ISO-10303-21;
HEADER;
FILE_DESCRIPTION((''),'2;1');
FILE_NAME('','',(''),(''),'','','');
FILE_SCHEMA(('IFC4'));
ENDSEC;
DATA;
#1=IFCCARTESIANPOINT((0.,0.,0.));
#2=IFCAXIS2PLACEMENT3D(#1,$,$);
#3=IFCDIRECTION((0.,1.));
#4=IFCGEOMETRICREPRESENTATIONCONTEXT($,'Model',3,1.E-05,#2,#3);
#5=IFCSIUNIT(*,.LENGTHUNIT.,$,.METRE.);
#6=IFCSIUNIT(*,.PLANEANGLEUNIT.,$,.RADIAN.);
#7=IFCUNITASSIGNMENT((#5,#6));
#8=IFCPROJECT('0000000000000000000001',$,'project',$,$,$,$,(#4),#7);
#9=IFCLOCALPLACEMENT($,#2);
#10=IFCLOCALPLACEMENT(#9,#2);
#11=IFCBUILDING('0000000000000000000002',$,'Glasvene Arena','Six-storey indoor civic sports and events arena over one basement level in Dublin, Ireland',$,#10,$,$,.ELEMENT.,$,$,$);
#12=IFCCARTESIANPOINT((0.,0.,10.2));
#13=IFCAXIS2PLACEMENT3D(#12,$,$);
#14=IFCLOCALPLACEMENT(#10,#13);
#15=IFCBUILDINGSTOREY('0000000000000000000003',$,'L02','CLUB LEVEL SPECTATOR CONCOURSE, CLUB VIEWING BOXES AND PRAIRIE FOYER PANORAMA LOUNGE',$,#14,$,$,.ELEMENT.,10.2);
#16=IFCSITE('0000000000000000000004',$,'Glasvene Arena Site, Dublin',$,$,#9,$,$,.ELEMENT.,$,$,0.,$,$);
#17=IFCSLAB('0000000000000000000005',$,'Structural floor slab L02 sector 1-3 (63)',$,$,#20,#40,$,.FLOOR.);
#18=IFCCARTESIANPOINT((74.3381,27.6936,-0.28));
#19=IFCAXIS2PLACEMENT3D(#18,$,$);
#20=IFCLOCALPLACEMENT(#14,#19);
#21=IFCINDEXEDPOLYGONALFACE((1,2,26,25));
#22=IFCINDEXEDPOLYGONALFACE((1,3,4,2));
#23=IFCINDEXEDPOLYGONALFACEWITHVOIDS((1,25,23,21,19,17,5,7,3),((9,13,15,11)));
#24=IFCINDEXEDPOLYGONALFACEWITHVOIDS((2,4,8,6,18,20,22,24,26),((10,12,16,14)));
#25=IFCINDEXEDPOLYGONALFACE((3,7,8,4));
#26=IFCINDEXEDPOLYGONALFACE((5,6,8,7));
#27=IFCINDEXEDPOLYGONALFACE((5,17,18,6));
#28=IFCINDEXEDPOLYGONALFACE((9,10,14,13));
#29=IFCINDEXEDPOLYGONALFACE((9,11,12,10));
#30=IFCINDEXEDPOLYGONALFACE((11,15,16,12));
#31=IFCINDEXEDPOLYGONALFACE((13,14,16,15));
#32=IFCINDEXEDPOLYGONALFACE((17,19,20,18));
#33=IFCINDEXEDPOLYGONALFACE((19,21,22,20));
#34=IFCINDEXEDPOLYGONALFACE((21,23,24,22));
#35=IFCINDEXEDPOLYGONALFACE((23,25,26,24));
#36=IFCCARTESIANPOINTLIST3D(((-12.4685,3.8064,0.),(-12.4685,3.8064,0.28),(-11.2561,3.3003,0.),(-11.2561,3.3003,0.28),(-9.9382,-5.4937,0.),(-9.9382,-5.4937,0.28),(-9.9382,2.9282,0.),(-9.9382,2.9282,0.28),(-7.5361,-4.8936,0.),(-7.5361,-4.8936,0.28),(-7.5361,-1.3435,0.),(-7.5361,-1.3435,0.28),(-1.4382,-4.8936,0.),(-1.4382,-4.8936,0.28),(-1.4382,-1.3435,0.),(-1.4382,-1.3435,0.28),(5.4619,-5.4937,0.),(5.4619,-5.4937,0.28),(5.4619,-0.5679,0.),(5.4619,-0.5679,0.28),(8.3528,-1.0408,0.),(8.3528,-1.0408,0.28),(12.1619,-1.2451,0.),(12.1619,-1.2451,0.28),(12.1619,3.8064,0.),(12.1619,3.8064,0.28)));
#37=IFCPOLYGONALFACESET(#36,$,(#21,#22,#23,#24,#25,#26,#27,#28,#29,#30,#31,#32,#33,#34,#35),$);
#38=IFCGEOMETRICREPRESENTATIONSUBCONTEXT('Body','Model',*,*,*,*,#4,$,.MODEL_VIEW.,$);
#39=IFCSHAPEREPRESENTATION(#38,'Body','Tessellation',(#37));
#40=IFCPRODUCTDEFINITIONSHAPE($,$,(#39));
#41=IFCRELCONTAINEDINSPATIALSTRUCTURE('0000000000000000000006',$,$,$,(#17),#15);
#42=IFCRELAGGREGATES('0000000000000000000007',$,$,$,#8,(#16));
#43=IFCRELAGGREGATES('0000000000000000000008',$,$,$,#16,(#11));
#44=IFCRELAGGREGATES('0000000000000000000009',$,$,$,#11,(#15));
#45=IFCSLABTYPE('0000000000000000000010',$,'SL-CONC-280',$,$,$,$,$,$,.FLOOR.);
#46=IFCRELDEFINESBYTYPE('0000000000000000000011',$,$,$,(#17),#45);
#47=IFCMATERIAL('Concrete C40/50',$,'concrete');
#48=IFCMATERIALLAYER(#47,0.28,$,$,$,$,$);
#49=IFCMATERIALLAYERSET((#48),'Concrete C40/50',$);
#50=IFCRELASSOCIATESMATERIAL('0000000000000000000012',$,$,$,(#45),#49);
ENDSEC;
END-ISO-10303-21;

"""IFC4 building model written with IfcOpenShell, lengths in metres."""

from ifc_helpers import new_model, si_unit, direction, frame, origin, place, context, subcontext, project, spatial, polyline, outline, extrude, material, layer, layer_set, type_object, element, save


model = new_model("IFC4")

# Units and contexts
model_context = context("Model", 3, precision=1e-05, world=origin(), true_north=direction((0.0, 1.0)))
body_context = subcontext(model_context, "Body", "Model", "MODEL_VIEW")
ifc_project = project(units=[si_unit("LENGTHUNIT", "METRE"), si_unit("PLANEANGLEUNIT", "RADIAN")], contexts=[model_context])

# Site, building, storey
site_placement = place(None, origin())
site = spatial("IfcSite", under=ifc_project, at=site_placement, Name="Glasvene Arena Site, Dublin", CompositionType="ELEMENT", RefElevation=0.0)
building_placement = place(site_placement, origin())
building = spatial("IfcBuilding", under=site, at=building_placement, Name="Glasvene Arena", Description="Six-storey indoor civic sports and events arena over one basement level in Dublin, Ireland", CompositionType="ELEMENT")
storey_placement = place(building_placement, frame((0.0, 0.0, 10.2)))
storey = spatial("IfcBuildingStorey", under=building, at=storey_placement, Name="L02", Description="CLUB LEVEL SPECTATOR CONCOURSE, CLUB VIEWING BOXES AND PRAIRIE FOYER PANORAMA LOUNGE", CompositionType="ELEMENT", Elevation=10.2)

# Slab
ifc_material_1 = material(Name="Concrete C40/50", Category="concrete")
ifc_layer_1 = layer(ifc_material_1, 0.28)
ifc_layer_set_1 = layer_set([ifc_layer_1], Name="Concrete C40/50")
slab_type_1 = type_object("IfcSlabType", Name="SL-CONC-280", PredefinedType="FLOOR", material=ifc_layer_set_1)
slab_1_placement = place(storey_placement, frame((74.3381, 27.6936, -0.28)))
element("IfcSlab", 1, at=slab_1_placement, inside=storey, type_object=slab_type_1, Name="Structural floor slab L02 sector 1-3 (63)", PredefinedType="FLOOR", context=body_context, shape_type="SweptSolid", body=[
    extrude(outline(polyline([(5.4619, -0.5679), (5.4619, -5.4937), (-9.9382, -5.4937), (-9.9382, 2.9282), (-11.2561, 3.3003), (-12.4685, 3.8064), (12.1619, 3.8064), (12.1619, -1.2451), (8.3528, -1.0408), (5.4619, -0.5679)]), holes=[polyline([(-1.4382, -4.8936), (-1.4382, -1.3435), (-7.5361, -1.3435), (-7.5361, -4.8936), (-1.4382, -4.8936)])]), origin(), (0.0, 0.0, 1.0), 0.28),
])

save(model, "model.ifc")
